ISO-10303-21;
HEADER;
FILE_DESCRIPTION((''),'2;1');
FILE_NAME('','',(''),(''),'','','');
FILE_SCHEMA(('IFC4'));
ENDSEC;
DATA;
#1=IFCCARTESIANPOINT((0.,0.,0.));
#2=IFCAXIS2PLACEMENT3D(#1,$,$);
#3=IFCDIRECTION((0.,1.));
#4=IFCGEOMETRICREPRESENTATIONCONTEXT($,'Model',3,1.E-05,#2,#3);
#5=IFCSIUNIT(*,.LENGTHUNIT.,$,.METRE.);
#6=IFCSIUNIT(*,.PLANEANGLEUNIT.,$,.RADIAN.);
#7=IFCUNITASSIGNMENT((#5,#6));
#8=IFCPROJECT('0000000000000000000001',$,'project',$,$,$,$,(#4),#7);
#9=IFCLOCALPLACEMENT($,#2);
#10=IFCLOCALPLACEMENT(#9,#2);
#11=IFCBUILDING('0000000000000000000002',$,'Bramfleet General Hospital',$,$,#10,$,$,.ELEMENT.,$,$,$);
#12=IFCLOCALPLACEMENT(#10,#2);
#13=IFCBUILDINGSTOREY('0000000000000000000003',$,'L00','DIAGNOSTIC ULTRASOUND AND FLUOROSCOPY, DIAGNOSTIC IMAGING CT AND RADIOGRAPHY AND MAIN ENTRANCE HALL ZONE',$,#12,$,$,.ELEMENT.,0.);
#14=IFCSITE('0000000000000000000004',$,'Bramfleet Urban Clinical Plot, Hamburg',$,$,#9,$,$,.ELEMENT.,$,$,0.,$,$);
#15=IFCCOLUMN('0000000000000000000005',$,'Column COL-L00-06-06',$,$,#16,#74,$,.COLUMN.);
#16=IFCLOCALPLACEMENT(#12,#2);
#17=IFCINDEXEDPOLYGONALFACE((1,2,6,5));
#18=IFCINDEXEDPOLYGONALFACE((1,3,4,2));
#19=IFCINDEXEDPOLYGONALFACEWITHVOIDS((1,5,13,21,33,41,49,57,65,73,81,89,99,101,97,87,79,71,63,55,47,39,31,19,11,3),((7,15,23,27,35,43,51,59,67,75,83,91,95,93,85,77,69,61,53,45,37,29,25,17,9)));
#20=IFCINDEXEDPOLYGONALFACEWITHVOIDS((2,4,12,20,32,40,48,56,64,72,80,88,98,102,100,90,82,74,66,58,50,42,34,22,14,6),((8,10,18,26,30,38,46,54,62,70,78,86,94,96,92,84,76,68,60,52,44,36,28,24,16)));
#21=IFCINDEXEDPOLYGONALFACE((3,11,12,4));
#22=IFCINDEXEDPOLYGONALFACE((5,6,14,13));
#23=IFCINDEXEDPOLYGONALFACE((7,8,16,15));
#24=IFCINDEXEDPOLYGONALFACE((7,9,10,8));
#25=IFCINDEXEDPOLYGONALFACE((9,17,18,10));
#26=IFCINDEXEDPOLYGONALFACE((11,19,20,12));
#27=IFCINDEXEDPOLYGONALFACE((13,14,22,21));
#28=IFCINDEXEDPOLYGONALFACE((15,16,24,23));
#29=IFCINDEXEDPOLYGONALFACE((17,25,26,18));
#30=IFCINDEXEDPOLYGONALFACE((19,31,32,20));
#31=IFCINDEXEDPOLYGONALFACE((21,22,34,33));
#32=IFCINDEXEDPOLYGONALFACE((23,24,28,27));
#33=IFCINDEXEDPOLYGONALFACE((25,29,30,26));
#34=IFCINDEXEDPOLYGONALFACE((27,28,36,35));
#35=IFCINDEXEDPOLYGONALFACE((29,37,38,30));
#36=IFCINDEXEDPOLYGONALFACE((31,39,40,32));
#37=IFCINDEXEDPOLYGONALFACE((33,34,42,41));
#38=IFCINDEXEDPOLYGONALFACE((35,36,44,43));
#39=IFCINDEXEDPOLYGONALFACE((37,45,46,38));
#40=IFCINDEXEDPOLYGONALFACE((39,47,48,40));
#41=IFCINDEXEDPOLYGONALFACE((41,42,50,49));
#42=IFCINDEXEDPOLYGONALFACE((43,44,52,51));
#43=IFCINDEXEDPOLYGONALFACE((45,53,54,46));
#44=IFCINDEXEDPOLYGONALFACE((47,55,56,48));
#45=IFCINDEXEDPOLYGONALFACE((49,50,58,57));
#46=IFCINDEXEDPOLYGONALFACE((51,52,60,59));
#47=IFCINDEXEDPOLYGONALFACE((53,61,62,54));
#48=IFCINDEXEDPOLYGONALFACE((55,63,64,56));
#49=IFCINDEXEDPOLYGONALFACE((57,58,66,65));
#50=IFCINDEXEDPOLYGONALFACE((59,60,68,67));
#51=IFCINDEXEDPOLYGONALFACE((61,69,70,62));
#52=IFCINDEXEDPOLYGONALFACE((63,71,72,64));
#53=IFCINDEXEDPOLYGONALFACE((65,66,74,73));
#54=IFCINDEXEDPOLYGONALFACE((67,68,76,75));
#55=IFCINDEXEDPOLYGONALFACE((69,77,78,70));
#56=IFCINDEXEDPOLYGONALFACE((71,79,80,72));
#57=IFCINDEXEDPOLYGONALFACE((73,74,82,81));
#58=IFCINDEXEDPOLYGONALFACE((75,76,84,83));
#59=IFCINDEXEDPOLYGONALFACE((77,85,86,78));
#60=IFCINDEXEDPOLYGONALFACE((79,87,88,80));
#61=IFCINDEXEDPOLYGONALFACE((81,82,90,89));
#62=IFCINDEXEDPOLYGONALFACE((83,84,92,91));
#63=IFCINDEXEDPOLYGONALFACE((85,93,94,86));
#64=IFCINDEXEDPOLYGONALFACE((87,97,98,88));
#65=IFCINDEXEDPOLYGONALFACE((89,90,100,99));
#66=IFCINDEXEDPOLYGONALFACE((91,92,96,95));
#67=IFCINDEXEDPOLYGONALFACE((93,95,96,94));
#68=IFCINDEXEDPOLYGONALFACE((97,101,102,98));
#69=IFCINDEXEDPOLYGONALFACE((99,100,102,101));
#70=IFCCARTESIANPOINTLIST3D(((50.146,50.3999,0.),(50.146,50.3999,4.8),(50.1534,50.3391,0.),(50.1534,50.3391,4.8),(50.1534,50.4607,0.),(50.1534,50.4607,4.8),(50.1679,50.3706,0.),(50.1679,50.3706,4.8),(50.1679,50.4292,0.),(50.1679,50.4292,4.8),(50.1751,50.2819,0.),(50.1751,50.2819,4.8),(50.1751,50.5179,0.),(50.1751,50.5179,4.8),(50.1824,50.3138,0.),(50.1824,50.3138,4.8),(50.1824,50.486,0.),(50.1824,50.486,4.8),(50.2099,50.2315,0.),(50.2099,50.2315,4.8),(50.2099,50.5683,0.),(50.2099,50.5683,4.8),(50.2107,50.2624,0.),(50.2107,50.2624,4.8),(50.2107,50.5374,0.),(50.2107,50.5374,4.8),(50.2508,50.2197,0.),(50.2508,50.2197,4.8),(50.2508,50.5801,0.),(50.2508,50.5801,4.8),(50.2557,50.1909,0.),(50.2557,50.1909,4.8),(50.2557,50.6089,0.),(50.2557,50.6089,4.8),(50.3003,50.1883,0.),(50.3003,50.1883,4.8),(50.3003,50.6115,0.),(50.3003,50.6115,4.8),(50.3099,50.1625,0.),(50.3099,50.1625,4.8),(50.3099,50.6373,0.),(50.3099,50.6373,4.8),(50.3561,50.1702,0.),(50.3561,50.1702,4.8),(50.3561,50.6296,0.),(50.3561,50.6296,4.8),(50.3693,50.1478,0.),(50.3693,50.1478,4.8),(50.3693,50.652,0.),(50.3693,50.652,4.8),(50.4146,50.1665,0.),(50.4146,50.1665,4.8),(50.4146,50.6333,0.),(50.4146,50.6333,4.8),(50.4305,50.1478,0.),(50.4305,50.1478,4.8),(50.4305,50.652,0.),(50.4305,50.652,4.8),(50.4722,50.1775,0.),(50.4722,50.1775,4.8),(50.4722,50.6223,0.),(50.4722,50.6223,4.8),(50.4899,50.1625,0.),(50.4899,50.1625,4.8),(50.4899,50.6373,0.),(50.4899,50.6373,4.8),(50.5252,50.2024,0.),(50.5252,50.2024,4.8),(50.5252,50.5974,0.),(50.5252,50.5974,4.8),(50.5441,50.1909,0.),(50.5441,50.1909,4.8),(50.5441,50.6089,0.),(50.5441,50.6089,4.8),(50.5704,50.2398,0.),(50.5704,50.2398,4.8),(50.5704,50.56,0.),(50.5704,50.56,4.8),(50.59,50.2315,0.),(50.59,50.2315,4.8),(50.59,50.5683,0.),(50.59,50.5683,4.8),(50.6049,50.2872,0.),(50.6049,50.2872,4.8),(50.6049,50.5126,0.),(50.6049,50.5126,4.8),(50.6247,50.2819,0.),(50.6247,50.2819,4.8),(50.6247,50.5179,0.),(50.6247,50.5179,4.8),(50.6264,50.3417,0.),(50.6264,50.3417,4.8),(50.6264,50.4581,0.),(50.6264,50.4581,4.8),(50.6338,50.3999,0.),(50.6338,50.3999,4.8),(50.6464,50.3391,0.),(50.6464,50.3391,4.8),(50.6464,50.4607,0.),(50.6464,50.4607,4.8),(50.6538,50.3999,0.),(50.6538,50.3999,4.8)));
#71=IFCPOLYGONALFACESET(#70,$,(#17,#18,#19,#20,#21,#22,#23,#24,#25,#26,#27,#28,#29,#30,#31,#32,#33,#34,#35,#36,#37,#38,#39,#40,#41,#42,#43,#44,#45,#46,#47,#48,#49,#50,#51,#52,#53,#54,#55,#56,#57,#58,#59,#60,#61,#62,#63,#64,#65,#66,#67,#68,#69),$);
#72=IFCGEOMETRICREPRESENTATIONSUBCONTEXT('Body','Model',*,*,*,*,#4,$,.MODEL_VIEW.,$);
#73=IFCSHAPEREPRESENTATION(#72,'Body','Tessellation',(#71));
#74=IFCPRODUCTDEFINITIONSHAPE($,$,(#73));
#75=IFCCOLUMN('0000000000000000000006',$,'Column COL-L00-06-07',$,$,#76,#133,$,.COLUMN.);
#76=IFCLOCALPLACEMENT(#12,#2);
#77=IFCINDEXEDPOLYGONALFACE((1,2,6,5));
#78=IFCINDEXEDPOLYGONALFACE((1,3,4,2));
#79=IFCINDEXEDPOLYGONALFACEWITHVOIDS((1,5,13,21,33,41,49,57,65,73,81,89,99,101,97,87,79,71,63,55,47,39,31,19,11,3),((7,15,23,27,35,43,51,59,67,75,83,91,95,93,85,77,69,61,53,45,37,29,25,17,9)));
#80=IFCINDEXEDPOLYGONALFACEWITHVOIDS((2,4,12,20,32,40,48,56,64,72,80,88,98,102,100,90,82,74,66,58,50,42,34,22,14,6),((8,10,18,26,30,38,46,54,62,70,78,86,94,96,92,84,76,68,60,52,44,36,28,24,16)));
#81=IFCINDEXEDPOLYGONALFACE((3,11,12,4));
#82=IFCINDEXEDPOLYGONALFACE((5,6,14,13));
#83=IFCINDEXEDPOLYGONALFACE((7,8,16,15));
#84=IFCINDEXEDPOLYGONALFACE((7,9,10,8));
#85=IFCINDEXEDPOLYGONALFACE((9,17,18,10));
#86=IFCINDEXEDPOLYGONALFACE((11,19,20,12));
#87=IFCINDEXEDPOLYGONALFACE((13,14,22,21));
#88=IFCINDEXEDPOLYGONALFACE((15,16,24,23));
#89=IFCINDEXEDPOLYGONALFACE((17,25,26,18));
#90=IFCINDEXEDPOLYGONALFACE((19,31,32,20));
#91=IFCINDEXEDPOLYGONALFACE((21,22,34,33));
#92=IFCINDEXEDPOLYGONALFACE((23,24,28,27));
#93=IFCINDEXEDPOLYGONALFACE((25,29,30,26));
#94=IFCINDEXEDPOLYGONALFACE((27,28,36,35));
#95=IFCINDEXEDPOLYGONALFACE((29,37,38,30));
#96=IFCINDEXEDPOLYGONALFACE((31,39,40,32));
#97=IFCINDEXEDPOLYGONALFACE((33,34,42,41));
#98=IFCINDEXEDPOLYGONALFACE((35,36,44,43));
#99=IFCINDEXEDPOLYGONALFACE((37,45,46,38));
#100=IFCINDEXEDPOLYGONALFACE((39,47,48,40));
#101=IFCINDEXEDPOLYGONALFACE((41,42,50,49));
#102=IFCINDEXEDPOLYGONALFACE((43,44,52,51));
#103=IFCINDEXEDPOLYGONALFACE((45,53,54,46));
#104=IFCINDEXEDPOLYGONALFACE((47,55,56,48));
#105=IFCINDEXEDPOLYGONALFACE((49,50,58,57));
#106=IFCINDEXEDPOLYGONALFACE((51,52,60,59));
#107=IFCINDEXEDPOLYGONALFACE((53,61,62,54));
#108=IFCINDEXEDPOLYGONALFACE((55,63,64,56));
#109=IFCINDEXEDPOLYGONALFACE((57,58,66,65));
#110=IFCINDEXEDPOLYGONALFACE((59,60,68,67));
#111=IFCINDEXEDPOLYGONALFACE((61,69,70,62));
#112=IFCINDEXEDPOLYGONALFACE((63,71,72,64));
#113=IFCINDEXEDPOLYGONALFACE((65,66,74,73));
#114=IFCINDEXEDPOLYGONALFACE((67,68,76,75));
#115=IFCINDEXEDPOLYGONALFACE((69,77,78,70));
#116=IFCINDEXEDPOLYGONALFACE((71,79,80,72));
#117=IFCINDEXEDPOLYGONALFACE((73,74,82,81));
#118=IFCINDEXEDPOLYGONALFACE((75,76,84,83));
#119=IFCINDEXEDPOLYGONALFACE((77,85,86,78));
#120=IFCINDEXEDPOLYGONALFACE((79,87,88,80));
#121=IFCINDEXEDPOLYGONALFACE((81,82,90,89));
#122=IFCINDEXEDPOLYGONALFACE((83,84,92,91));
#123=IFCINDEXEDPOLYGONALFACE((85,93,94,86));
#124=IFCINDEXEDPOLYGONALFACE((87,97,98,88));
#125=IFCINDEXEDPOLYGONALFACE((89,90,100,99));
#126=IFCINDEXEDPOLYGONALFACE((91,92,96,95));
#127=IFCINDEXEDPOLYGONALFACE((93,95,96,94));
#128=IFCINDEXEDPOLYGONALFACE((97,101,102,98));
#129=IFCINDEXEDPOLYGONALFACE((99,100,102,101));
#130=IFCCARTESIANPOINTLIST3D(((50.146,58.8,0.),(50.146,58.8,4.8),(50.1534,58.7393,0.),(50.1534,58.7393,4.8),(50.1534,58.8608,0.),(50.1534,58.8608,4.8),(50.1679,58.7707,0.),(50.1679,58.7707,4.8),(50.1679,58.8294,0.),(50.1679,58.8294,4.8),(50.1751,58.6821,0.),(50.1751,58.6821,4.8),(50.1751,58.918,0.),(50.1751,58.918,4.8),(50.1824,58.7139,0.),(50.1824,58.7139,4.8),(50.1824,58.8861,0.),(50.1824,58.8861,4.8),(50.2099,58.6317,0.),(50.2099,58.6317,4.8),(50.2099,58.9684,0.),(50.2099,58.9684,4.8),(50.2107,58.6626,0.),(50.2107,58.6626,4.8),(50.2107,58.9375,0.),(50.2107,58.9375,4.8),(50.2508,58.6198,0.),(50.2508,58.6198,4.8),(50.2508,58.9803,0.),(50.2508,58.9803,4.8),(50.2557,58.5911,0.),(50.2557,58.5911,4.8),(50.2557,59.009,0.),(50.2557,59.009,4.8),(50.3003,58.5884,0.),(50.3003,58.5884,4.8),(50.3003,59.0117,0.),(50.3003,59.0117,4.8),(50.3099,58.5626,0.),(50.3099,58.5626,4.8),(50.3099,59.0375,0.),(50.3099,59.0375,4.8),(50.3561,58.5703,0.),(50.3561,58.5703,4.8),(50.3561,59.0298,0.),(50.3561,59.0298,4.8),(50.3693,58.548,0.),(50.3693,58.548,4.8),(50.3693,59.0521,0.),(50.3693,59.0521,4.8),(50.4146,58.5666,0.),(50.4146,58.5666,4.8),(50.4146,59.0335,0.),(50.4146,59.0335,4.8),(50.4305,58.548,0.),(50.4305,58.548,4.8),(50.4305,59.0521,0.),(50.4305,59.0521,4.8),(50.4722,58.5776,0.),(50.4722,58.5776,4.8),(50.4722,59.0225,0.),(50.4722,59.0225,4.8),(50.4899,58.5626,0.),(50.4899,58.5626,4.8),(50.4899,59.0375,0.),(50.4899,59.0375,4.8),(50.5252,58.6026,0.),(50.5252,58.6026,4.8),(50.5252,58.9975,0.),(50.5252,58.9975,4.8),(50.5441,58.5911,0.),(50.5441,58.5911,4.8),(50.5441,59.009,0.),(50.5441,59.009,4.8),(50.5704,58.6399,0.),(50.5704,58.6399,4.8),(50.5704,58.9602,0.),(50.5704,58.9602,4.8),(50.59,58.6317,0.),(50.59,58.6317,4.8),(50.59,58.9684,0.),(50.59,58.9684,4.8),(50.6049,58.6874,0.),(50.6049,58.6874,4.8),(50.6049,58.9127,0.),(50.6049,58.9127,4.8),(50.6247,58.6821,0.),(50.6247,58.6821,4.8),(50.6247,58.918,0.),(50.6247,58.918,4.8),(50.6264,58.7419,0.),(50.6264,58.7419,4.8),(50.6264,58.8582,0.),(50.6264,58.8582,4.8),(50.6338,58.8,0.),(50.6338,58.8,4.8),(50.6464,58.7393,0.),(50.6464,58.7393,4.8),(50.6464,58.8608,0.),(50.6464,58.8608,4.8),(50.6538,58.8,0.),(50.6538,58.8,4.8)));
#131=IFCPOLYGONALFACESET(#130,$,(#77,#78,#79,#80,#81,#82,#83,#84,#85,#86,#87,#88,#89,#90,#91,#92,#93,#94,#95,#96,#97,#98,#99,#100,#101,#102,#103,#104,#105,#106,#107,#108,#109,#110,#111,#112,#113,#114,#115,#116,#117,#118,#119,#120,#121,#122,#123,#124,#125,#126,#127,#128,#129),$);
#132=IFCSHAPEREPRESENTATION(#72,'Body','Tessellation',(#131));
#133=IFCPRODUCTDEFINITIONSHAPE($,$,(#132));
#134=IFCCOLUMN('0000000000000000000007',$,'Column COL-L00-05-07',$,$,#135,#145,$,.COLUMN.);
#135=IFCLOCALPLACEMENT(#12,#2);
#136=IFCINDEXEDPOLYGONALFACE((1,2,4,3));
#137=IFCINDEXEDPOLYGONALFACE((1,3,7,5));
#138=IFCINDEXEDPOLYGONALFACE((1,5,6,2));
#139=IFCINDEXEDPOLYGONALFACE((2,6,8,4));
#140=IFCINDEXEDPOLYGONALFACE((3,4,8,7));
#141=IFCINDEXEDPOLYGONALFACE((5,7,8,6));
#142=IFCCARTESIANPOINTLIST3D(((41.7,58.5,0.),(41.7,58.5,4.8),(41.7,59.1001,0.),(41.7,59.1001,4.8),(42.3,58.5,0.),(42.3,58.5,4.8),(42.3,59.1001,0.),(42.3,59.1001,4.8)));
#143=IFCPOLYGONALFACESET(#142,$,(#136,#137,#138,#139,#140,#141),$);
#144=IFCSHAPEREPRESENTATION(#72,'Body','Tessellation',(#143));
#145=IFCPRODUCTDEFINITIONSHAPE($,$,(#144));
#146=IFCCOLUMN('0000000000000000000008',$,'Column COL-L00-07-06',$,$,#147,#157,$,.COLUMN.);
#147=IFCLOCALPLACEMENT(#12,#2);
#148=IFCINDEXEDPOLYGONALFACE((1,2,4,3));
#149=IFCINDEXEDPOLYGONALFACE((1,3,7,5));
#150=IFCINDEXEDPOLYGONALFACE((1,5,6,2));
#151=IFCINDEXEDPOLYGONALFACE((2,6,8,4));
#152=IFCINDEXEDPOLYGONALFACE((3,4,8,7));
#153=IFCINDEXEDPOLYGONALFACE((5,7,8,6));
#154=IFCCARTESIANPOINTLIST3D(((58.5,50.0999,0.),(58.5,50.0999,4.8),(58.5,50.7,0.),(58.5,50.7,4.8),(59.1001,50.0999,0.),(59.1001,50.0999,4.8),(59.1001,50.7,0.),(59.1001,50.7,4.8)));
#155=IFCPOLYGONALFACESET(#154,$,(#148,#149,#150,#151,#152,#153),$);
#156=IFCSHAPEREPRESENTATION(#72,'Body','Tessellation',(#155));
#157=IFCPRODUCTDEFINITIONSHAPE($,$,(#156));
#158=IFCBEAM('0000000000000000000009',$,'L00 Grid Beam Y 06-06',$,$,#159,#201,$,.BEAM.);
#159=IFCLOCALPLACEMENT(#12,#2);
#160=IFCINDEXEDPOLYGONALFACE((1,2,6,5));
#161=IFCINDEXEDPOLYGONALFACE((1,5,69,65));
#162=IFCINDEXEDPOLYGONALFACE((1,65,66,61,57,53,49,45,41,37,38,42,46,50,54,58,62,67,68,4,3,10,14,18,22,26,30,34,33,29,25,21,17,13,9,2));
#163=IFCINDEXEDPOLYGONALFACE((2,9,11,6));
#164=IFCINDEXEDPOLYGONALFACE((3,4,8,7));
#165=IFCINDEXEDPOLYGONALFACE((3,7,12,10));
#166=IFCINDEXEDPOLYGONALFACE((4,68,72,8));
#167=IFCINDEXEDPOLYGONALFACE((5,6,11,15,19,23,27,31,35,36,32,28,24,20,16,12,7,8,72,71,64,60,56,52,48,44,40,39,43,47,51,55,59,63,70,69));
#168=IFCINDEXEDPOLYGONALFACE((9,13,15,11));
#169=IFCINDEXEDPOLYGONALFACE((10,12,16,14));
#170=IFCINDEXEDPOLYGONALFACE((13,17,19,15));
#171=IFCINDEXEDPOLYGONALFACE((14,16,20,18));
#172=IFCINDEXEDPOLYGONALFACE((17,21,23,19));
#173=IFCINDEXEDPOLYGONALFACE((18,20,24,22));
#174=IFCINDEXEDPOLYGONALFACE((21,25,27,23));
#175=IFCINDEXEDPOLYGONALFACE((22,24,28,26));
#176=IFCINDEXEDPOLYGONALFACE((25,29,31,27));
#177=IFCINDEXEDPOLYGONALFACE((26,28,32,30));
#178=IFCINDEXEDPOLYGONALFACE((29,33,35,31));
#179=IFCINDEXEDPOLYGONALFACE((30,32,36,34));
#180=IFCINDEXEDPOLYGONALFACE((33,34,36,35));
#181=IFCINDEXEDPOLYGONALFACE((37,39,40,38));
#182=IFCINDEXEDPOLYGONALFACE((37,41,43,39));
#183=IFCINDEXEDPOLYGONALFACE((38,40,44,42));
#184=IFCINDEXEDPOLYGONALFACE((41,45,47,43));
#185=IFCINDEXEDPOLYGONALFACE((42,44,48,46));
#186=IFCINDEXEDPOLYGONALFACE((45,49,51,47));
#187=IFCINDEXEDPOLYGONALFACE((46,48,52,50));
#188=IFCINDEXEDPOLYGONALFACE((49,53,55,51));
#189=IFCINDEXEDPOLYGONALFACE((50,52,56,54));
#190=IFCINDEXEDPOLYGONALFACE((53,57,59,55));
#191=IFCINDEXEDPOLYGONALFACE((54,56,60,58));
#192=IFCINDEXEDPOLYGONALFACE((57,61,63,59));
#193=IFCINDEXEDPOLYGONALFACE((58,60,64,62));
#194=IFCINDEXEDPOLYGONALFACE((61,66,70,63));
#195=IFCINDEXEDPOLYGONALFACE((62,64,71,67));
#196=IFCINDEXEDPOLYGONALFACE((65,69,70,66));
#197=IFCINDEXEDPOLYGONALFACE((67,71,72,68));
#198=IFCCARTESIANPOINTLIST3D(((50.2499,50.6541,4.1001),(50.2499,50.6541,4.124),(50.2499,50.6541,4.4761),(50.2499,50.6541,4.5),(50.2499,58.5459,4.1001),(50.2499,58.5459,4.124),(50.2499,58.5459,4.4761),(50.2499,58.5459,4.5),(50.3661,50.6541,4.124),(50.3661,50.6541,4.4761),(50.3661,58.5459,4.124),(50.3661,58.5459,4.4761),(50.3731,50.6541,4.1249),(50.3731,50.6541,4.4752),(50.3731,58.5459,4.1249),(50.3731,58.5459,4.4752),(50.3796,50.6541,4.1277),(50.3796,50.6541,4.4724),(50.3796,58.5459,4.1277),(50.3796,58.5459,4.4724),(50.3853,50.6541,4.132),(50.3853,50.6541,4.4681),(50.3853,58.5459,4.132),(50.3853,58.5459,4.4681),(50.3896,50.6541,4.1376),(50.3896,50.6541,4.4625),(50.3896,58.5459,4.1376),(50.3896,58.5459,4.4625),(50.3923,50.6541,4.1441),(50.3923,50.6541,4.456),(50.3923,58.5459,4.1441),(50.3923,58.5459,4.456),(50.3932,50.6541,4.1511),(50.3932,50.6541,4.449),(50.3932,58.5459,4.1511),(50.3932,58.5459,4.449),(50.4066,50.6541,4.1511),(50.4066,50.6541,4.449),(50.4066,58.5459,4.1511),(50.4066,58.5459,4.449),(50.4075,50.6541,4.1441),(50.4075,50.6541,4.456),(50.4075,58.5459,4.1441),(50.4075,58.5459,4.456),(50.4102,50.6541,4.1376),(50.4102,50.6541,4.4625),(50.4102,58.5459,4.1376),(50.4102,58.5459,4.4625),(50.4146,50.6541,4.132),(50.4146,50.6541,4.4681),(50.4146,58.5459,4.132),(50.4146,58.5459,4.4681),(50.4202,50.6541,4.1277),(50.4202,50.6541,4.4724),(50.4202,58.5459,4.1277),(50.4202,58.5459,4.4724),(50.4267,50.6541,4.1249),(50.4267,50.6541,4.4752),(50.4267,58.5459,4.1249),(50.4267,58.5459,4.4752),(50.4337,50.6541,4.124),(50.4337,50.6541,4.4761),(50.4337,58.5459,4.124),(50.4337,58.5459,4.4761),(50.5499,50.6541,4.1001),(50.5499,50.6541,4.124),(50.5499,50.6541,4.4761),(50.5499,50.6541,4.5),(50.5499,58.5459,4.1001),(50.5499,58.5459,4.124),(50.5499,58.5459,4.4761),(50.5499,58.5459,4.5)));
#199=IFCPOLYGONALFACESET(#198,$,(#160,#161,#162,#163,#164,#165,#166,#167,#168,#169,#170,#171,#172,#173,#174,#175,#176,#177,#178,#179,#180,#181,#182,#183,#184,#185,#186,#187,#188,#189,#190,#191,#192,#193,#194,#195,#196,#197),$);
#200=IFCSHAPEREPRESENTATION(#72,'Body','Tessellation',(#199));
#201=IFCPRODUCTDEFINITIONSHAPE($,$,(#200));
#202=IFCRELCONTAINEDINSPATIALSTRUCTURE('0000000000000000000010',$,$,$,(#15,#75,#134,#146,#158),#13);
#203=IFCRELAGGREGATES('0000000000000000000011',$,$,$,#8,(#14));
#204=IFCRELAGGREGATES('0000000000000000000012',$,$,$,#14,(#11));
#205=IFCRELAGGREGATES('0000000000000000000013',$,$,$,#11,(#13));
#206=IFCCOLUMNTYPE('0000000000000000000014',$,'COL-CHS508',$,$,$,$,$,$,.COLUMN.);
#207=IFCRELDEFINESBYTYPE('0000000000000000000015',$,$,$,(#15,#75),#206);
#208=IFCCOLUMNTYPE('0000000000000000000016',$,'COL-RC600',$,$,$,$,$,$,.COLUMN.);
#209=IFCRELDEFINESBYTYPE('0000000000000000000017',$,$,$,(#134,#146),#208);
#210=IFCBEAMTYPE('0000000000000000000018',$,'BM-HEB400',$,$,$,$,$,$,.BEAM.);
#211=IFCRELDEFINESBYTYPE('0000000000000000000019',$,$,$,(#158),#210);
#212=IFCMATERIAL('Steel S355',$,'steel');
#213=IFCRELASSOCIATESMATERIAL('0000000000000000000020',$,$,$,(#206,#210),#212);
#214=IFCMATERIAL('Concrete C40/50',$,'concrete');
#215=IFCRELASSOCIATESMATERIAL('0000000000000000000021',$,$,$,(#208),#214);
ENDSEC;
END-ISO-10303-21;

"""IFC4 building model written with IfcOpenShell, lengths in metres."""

from ifc_helpers import new_model, si_unit, direction, frame, origin, origin_2d, place, context, subcontext, project, spatial, rectangle, hollow_circle, i_section, extrude, material, material_profile, profile_set, type_object, element, save


model = new_model("IFC4")

# Units and contexts
model_context = context("Model", 3, precision=1e-05, world=origin(), true_north=direction((0.0, 1.0)))
body_context = subcontext(model_context, "Body", "Model", "MODEL_VIEW")
ifc_project = project(units=[si_unit("LENGTHUNIT", "METRE"), si_unit("PLANEANGLEUNIT", "RADIAN")], contexts=[model_context])

# Site, building, storey
site_placement = place(None, origin())
site = spatial("IfcSite", under=ifc_project, at=site_placement, Name="Bramfleet Urban Clinical Plot, Hamburg", CompositionType="ELEMENT", RefElevation=0.0)
building_placement = place(site_placement, origin())
building = spatial("IfcBuilding", under=site, at=building_placement, Name="Bramfleet General Hospital", CompositionType="ELEMENT")
storey_placement = place(building_placement, origin())
storey = spatial("IfcBuildingStorey", under=building, at=storey_placement, Name="L00", Description="DIAGNOSTIC ULTRASOUND AND FLUOROSCOPY, DIAGNOSTIC IMAGING CT AND RADIOGRAPHY AND MAIN ENTRANCE HALL ZONE", CompositionType="ELEMENT", Elevation=0.0)

# Columns
ifc_material_1 = material(Name="Steel S355", Category="steel")
ifc_material_profile_1 = material_profile(ifc_material_1, hollow_circle(Radius=0.2539, WallThickness=0.02, at=origin_2d()), Name="CHS 508.0x20.0")
ifc_profile_set_1 = profile_set([ifc_material_profile_1], Name="Steel S355")
column_type_1 = type_object("IfcColumnType", Name="COL-CHS508", PredefinedType="COLUMN", material=ifc_profile_set_1)
for number, where, z_axis, x_axis, name in (
    (1, (50.3999, 50.3999, 0.0), (0.0, 0.0, 1.0), (1.0, 0.0, 0.0), "Column COL-L00-06-06"),
    (2, (50.3999, 58.8, 0.0), (0.0, 0.0, 1.0), (1.0, 0.0, 0.0), "Column COL-L00-06-07"),
):
    element("IfcColumn", number, at=place(storey_placement, frame(where, z_axis=z_axis, x_axis=x_axis)), inside=storey, type_object=column_type_1, Name=name, PredefinedType="COLUMN", context=body_context, shape_type="SweptSolid", body=[
        extrude(hollow_circle(Radius=0.2539, WallThickness=0.02, at=origin_2d()), origin(), (0.0, 0.0, 1.0), 4.8),
    ])
ifc_material_2 = material(Name="Concrete C40/50", Category="concrete")
ifc_material_profile_2 = material_profile(ifc_material_2, rectangle(XDim=0.6001, YDim=0.6001, at=origin_2d()), Name="RC COL 600x600")
ifc_profile_set_2 = profile_set([ifc_material_profile_2], Name="Concrete C40/50")
column_type_2 = type_object("IfcColumnType", Name="COL-RC600", PredefinedType="COLUMN", material=ifc_profile_set_2)
for number, where, z_axis, x_axis, name in (
    (3, (42.0, 58.8, 0.0), (0.0, 0.0, 1.0), (1.0, 0.0, 0.0), "Column COL-L00-05-07"),
    (4, (58.8, 50.3999, 0.0), (0.0, 0.0, 1.0), (1.0, 0.0, 0.0), "Column COL-L00-07-06"),
):
    element("IfcColumn", number, at=place(storey_placement, frame(where, z_axis=z_axis, x_axis=x_axis)), inside=storey, type_object=column_type_2, Name=name, PredefinedType="COLUMN", context=body_context, shape_type="SweptSolid", body=[
        extrude(rectangle(XDim=0.6001, YDim=0.6001, at=origin_2d()), origin(), (0.0, 0.0, 1.0), 4.8),
    ])

# Beam
ifc_material_profile_3 = material_profile(ifc_material_1, i_section(OverallWidth=0.3, OverallDepth=0.3999, WebThickness=0.0134, FlangeThickness=0.0239, FilletRadius=0.0271, at=origin_2d()), Name="HEB 400")
ifc_profile_set_3 = profile_set([ifc_material_profile_3], Name="Steel S355")
beam_type_1 = type_object("IfcBeamType", Name="BM-HEB400", PredefinedType="BEAM", material=ifc_profile_set_3)
beam_1_placement = place(storey_placement, frame((50.3999, 50.6541, 4.3), z_axis=(0.0, 1.0, 0.0), x_axis=(-1.0, 0.0, 0.0)))
element("IfcBeam", 5, at=beam_1_placement, inside=storey, type_object=beam_type_1, Name="L00 Grid Beam Y 06-06", PredefinedType="BEAM", context=body_context, shape_type="SweptSolid", body=[
    extrude(i_section(OverallWidth=0.3, OverallDepth=0.3999, WebThickness=0.0134, FlangeThickness=0.0239, FilletRadius=0.0271, at=origin_2d()), origin(), (0.0, 0.0, 1.0), 7.8918),
])

save(model, "model.ifc")
